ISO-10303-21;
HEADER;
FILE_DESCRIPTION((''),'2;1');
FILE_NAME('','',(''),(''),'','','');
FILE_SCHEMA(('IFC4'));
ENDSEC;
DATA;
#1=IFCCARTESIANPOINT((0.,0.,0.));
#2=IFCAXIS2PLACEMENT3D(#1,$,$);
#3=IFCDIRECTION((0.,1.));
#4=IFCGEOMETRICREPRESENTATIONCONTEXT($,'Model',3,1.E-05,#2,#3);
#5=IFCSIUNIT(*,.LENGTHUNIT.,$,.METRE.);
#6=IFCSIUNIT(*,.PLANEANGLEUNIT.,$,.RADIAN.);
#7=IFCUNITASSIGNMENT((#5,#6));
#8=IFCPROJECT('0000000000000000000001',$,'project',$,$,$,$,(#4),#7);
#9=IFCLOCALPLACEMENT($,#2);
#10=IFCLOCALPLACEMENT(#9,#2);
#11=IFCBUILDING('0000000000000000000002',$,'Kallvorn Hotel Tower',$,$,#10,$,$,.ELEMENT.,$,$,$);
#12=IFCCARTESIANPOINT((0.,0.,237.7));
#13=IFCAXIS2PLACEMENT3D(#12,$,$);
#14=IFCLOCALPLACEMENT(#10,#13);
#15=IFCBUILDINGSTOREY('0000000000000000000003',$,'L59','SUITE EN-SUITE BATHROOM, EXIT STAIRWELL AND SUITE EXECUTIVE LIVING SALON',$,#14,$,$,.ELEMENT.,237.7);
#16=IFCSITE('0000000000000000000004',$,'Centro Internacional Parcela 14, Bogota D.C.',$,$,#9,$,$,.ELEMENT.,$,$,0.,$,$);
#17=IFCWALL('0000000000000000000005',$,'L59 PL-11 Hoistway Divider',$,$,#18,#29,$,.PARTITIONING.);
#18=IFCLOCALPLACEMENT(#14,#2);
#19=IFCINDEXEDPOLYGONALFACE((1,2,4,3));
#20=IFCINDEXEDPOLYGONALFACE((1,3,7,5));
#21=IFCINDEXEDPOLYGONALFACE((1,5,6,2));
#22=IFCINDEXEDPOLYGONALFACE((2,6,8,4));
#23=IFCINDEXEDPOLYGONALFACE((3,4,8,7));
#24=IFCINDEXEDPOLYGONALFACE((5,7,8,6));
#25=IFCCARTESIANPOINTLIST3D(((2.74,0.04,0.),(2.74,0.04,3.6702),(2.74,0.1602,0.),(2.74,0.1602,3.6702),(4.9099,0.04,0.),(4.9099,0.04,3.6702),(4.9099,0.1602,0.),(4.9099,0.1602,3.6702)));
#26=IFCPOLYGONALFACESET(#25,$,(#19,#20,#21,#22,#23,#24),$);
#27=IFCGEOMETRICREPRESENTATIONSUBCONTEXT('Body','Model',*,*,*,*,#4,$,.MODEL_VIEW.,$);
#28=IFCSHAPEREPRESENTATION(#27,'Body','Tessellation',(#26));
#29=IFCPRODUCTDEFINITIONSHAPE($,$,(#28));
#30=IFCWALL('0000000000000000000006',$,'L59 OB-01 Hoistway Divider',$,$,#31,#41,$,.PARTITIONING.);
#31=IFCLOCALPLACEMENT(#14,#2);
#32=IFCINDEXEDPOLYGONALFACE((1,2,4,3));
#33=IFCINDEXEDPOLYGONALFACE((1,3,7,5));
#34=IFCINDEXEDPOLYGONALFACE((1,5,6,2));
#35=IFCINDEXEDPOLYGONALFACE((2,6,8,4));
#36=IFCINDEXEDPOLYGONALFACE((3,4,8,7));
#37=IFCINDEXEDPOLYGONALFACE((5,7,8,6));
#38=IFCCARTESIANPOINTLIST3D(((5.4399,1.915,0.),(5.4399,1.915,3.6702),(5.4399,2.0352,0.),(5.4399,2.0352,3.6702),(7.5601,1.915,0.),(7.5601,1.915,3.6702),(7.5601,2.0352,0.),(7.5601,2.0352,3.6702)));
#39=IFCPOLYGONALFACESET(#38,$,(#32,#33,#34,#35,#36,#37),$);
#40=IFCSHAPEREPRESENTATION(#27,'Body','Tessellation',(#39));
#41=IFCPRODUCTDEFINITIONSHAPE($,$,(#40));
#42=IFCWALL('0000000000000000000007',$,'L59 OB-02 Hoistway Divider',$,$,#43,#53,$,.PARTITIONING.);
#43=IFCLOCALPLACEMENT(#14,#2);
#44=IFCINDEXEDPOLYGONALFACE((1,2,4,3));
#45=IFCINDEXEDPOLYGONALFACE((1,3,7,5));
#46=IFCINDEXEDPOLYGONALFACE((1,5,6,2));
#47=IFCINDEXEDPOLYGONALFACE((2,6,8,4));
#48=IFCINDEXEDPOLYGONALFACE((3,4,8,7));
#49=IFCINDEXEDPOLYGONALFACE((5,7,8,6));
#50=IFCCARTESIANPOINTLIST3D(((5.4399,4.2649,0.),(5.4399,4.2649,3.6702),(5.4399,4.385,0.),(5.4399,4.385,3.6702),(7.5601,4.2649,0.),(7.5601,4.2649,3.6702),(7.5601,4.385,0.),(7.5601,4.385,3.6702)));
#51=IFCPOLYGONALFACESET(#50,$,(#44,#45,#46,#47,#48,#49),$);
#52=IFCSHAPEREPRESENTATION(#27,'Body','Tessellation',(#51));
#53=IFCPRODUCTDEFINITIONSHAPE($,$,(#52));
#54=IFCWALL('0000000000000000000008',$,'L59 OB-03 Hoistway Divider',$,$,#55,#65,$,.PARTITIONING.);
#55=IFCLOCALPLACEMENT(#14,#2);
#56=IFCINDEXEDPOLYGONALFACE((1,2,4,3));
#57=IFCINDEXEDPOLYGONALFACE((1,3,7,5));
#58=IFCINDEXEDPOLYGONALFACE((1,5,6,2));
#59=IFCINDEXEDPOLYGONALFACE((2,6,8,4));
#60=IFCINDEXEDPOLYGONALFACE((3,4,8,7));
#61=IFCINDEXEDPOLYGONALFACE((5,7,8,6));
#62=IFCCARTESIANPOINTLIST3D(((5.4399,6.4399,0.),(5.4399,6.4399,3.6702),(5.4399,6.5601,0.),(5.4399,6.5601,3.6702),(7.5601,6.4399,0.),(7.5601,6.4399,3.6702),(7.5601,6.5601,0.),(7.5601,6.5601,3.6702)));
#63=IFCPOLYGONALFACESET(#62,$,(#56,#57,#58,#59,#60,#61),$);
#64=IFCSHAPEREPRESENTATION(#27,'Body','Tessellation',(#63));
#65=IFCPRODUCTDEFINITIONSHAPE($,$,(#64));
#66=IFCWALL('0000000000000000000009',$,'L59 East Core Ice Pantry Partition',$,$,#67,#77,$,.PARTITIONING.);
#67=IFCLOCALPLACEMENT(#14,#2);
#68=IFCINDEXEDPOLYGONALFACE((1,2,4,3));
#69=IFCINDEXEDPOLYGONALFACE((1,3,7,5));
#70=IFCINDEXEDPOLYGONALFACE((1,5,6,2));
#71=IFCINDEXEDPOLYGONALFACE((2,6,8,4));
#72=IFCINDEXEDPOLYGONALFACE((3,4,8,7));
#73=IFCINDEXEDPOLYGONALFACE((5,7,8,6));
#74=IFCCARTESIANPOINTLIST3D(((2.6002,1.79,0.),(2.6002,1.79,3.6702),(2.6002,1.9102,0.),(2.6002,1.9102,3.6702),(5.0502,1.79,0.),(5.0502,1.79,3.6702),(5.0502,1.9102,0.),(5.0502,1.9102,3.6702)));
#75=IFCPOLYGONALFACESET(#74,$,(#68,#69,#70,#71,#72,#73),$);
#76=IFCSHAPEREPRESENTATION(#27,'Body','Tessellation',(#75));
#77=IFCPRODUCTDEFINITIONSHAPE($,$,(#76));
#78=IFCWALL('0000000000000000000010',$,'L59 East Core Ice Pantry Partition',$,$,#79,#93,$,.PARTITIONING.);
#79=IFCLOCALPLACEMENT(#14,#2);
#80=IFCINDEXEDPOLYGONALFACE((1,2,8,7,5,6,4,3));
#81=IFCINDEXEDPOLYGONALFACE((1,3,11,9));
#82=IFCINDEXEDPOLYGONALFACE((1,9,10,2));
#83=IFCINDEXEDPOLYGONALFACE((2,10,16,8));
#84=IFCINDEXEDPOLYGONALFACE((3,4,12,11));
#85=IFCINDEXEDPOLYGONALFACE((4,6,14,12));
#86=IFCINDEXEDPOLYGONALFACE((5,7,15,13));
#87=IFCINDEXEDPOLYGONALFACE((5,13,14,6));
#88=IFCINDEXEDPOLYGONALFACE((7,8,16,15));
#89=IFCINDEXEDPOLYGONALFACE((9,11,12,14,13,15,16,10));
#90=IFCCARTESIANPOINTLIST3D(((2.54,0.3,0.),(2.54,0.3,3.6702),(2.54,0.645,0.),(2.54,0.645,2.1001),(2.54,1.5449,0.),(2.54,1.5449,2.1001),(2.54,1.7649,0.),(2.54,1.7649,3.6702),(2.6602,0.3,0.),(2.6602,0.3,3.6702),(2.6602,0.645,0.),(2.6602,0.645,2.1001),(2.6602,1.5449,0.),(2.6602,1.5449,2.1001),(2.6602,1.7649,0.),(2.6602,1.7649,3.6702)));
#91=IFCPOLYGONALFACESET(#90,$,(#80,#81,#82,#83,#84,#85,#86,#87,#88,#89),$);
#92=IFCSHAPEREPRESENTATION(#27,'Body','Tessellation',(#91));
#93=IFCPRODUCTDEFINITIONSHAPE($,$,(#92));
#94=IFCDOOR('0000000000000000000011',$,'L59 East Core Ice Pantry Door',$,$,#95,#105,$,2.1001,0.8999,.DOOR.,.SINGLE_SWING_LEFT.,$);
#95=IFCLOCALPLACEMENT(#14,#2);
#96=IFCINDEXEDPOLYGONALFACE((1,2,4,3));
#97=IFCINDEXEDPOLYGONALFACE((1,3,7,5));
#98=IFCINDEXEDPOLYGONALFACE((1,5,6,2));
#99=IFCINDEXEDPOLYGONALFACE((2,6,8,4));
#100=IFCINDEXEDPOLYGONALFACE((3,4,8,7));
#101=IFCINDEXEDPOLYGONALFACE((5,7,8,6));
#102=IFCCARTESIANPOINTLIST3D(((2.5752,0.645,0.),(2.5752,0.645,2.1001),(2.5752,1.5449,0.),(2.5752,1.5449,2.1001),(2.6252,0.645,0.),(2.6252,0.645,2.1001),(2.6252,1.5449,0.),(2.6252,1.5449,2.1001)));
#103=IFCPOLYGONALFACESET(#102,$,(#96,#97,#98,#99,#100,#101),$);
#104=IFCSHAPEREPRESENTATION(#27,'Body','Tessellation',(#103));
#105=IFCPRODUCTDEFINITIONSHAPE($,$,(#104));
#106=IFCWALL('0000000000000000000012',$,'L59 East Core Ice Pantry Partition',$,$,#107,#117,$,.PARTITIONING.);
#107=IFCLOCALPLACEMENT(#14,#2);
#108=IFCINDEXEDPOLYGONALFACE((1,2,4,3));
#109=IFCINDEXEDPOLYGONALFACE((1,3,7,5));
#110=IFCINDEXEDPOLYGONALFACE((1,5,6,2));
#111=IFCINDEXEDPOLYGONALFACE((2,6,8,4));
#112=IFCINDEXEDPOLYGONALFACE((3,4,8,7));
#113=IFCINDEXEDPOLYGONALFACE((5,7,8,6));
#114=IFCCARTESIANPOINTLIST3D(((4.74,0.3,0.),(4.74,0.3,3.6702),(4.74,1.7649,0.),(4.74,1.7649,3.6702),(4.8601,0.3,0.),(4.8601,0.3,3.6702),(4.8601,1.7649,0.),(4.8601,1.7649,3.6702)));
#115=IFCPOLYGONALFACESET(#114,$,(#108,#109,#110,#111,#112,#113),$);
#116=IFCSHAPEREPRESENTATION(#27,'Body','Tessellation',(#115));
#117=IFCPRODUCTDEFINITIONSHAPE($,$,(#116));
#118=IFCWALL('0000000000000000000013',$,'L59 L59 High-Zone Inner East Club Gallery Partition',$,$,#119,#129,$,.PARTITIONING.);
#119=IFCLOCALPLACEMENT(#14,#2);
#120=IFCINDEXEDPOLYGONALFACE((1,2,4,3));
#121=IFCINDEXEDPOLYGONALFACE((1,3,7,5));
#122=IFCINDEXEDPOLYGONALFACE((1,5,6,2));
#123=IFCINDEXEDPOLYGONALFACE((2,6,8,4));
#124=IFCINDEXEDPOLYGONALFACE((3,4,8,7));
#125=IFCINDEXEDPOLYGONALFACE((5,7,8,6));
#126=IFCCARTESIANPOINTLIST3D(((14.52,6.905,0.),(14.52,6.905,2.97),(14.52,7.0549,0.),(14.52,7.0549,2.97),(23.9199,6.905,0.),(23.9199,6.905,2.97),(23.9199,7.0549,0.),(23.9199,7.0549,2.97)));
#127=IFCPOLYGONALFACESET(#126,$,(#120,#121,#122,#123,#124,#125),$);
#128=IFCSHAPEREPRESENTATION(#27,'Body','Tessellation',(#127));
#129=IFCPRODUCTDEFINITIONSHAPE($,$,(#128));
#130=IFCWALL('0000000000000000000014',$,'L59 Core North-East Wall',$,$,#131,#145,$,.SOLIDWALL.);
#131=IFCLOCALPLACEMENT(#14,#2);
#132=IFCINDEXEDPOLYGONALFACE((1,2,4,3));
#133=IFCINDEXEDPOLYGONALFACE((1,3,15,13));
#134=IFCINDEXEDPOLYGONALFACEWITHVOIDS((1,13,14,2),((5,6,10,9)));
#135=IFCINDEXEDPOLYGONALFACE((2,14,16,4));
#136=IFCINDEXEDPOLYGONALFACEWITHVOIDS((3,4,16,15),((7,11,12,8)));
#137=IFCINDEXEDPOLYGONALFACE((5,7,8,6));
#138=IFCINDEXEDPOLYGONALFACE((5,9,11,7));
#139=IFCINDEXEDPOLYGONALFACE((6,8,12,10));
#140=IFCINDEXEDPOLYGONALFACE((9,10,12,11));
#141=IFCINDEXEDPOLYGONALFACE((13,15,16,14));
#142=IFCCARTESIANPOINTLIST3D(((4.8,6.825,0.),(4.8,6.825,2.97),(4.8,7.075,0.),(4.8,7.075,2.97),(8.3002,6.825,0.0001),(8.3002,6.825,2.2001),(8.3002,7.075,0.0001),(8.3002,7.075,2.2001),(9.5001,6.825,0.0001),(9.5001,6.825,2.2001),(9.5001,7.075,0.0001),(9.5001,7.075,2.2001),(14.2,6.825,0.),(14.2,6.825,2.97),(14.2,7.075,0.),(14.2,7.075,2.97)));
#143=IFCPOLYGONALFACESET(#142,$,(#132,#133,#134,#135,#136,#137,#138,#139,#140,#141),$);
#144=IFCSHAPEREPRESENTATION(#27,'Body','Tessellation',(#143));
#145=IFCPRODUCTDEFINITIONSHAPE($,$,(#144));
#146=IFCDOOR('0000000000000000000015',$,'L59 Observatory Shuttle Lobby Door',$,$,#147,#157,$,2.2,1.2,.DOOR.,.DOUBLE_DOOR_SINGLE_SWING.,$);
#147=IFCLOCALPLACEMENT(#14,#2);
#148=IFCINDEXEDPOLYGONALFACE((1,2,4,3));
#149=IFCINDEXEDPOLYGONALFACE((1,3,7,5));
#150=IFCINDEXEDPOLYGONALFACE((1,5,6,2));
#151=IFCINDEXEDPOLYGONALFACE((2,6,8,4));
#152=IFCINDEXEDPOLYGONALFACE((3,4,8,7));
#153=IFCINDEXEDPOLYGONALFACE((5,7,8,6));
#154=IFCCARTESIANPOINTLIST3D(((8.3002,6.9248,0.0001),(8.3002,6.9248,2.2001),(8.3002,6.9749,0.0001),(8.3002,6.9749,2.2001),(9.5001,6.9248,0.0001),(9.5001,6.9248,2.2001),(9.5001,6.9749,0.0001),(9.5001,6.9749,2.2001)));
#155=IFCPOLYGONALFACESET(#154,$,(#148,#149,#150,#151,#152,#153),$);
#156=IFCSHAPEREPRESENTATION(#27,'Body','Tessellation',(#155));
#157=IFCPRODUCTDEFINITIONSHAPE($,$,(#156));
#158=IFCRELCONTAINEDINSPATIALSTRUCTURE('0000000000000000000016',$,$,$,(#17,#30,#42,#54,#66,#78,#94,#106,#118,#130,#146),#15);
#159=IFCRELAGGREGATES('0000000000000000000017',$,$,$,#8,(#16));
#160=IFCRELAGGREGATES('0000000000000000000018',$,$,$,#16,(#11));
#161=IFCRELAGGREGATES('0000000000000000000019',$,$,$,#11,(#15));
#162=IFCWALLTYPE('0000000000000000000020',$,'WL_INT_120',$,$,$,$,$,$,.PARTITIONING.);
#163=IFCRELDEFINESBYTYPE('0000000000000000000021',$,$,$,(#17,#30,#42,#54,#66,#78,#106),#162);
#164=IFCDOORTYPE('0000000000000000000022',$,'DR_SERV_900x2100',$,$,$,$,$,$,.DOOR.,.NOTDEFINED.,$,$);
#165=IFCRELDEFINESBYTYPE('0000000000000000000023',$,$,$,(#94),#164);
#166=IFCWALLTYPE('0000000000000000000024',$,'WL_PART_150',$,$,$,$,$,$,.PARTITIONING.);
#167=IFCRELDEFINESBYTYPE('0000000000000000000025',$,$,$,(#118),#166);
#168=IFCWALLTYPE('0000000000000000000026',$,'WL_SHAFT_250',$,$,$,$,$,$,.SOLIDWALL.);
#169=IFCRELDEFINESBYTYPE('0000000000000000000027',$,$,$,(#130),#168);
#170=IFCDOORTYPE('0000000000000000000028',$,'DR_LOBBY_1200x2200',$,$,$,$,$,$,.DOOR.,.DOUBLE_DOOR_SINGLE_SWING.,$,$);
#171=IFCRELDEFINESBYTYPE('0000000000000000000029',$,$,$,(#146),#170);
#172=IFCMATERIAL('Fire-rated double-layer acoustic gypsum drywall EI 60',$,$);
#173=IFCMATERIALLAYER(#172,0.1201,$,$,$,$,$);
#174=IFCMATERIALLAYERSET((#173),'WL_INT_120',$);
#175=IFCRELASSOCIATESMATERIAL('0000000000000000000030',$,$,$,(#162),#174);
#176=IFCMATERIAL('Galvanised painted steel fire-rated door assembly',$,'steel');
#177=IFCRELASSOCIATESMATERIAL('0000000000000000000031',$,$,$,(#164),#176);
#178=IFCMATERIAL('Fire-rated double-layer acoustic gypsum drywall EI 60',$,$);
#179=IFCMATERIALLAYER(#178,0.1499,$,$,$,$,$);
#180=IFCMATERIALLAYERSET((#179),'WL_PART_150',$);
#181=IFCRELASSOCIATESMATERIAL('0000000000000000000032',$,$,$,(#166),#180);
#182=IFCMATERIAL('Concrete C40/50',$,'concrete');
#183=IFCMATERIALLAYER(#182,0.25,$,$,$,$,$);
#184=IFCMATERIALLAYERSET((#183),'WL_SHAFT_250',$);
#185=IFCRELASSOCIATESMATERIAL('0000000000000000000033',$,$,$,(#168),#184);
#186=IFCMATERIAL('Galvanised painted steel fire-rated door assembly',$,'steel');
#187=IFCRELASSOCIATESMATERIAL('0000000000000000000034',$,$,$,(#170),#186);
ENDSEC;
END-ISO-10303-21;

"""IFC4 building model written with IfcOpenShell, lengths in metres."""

from ifc_helpers import new_model, si_unit, direction, frame, frame_2d, origin, place, context, subcontext, project, spatial, rectangle, extrude, material, layer, layer_set, type_object, element, fill, save


model = new_model("IFC4")

# Units and contexts
model_context = context("Model", 3, precision=1e-05, world=origin(), true_north=direction((0.0, 1.0)))
body_context = subcontext(model_context, "Body", "Model", "MODEL_VIEW")
ifc_project = project(units=[si_unit("LENGTHUNIT", "METRE"), si_unit("PLANEANGLEUNIT", "RADIAN")], contexts=[model_context])

# Site, building, storey
site_placement = place(None, origin())
site = spatial("IfcSite", under=ifc_project, at=site_placement, Name="Centro Internacional Parcela 14, Bogota D.C.", CompositionType="ELEMENT", RefElevation=0.0)
building_placement = place(site_placement, origin())
building = spatial("IfcBuilding", under=site, at=building_placement, Name="Kallvorn Hotel Tower", CompositionType="ELEMENT")
storey_placement = place(building_placement, frame((0.0, 0.0, 237.7)))
storey = spatial("IfcBuildingStorey", under=building, at=storey_placement, Name="L59", Description="SUITE EN-SUITE BATHROOM, EXIT STAIRWELL AND SUITE EXECUTIVE LIVING SALON", CompositionType="ELEMENT", Elevation=237.7)

# Walls
ifc_material_1 = material(Name="Fire-rated double-layer acoustic gypsum drywall EI 60")
ifc_layer_1 = layer(ifc_material_1, 0.1201)
ifc_layer_set_1 = layer_set([ifc_layer_1], Name="WL_INT_120")
wall_type_1 = type_object("IfcWallType", Name="WL_INT_120", PredefinedType="PARTITIONING", material=ifc_layer_set_1)
wall_1_placement = place(storey_placement, frame((2.74, 0.1001, 0.0), z_axis=(0.0, 0.0, 1.0), x_axis=(1.0, 0.0, 0.0)))
element("IfcWall", 1, at=wall_1_placement, inside=storey, type_object=wall_type_1, Name="L59 PL-11 Hoistway Divider", PredefinedType="PARTITIONING", context=body_context, shape_type="SweptSolid", body=[
    extrude(rectangle(XDim=2.1699, YDim=0.1201, at=frame_2d((1.085, 0.0))), origin(), (0.0, 0.0, 1.0), 3.6702),
])
for number, where, z_axis, x_axis, name in (
    (2, (5.4399, 1.9751, 0.0), (0.0, 0.0, 1.0), (1.0, 0.0, 0.0), "L59 OB-01 Hoistway Divider"),
    (3, (5.4399, 4.325, 0.0), (0.0, 0.0, 1.0), (1.0, 0.0, 0.0), "L59 OB-02 Hoistway Divider"),
    (4, (5.4399, 6.5, 0.0), (0.0, 0.0, 1.0), (1.0, 0.0, 0.0), "L59 OB-03 Hoistway Divider"),
):
    element("IfcWall", number, at=place(storey_placement, frame(where, z_axis=z_axis, x_axis=x_axis)), inside=storey, type_object=wall_type_1, Name=name, PredefinedType="PARTITIONING", context=body_context, shape_type="SweptSolid", body=[
        extrude(rectangle(XDim=2.1201, YDim=0.1201, at=frame_2d((1.0601, 0.0))), origin(), (0.0, 0.0, 1.0), 3.6702),
    ])
wall_2_placement = place(storey_placement, frame((2.6001, 1.8501, 0.0), z_axis=(0.0, 0.0, 1.0), x_axis=(1.0, 0.0, 0.0)))
element("IfcWall", 5, at=wall_2_placement, inside=storey, type_object=wall_type_1, Name="L59 East Core Ice Pantry Partition", PredefinedType="PARTITIONING", context=body_context, shape_type="SweptSolid", body=[
    extrude(rectangle(XDim=2.45, YDim=0.1201, at=frame_2d((1.2251, 0.0))), origin(), (0.0, 0.0, 1.0), 3.6702),
])

# Wall, opening, door
wall_3_placement = place(storey_placement, frame((2.6001, 0.3, 0.0), z_axis=(0.0, 0.0, 1.0), x_axis=(0.0, 1.0, 0.0)))
wall_3 = element("IfcWall", 6, at=wall_3_placement, inside=storey, type_object=wall_type_1, Name="L59 East Core Ice Pantry Partition", PredefinedType="PARTITIONING", context=body_context, shape_type="SweptSolid", body=[
    extrude(rectangle(XDim=1.4648, YDim=0.1201, at=frame_2d((0.7324, 0.0))), origin(), (0.0, 0.0, 1.0), 3.6702),
])
opening_1_placement = place(wall_3_placement, frame((0.345, 0.0, 0.0)))
opening_1 = element("IfcOpeningElement", 7, at=opening_1_placement, cuts=wall_3, PredefinedType="OPENING", context=body_context, shape_type="SweptSolid", body=[
    extrude(rectangle(XDim=0.8999, YDim=2.1001, at=frame_2d((0.45, 1.05))), frame((0.0, 0.075, 0.0), z_axis=(0.0, -1.0, 0.0), x_axis=(1.0, 0.0, 0.0)), (0.0, 0.0, 1.0), 0.1501),
])
ifc_material_2 = material(Name="Galvanised painted steel fire-rated door assembly", Category="steel")
door_type_1 = type_object("IfcDoorType", Name="DR_SERV_900x2100", OperationType="NOTDEFINED", PredefinedType="DOOR", material=ifc_material_2)
door_1_placement = place(opening_1_placement, origin())
door_1 = element("IfcDoor", 8, at=door_1_placement, inside=storey, type_object=door_type_1, Name="L59 East Core Ice Pantry Door", OperationType="SINGLE_SWING_LEFT", OverallHeight=2.1001, OverallWidth=0.8999, PredefinedType="DOOR", context=body_context, shape_type="SweptSolid", body=[
    extrude(rectangle(XDim=0.8999, YDim=2.1001, at=frame_2d((0.45, 1.05))), frame((0.0, 0.0249, 0.0), z_axis=(0.0, -1.0, 0.0), x_axis=(1.0, 0.0, 0.0)), (0.0, 0.0, 1.0), 0.05),
])
fill(opening_1, door_1)

# Walls
wall_4_placement = place(storey_placement, frame((4.8, 0.3, 0.0), z_axis=(0.0, 0.0, 1.0), x_axis=(0.0, 1.0, 0.0)))
element("IfcWall", 9, at=wall_4_placement, inside=storey, type_object=wall_type_1, Name="L59 East Core Ice Pantry Partition", PredefinedType="PARTITIONING", context=body_context, shape_type="SweptSolid", body=[
    extrude(rectangle(XDim=1.4648, YDim=0.1201, at=frame_2d((0.7324, 0.0))), origin(), (0.0, 0.0, 1.0), 3.6702),
])
ifc_material_3 = material(Name="Fire-rated double-layer acoustic gypsum drywall EI 60")
ifc_layer_2 = layer(ifc_material_3, 0.1499)
ifc_layer_set_2 = layer_set([ifc_layer_2], Name="WL_PART_150")
wall_type_2 = type_object("IfcWallType", Name="WL_PART_150", PredefinedType="PARTITIONING", material=ifc_layer_set_2)
wall_5_placement = place(storey_placement, frame((14.52, 6.98, 0.0), z_axis=(0.0, 0.0, 1.0), x_axis=(1.0, 0.0, 0.0)))
element("IfcWall", 10, at=wall_5_placement, inside=storey, type_object=wall_type_2, Name="L59 L59 High-Zone Inner East Club Gallery Partition", PredefinedType="PARTITIONING", context=body_context, shape_type="SweptSolid", body=[
    extrude(rectangle(XDim=9.3999, YDim=0.1499, at=frame_2d((4.7, 0.0))), origin(), (0.0, 0.0, 1.0), 2.97),
])

# Wall, opening, door
ifc_material_4 = material(Name="Concrete C40/50", Category="concrete")
ifc_layer_3 = layer(ifc_material_4, 0.25)
ifc_layer_set_3 = layer_set([ifc_layer_3], Name="WL_SHAFT_250")
wall_type_3 = type_object("IfcWallType", Name="WL_SHAFT_250", PredefinedType="SOLIDWALL", material=ifc_layer_set_3)
wall_6_placement = place(storey_placement, frame((4.8, 6.95, 0.0), z_axis=(0.0, 0.0, 1.0), x_axis=(1.0, 0.0, 0.0)))
wall_6 = element("IfcWall", 11, at=wall_6_placement, inside=storey, type_object=wall_type_3, Name="L59 Core North-East Wall", PredefinedType="SOLIDWALL", context=body_context, shape_type="SweptSolid", body=[
    extrude(rectangle(XDim=9.3999, YDim=0.25, at=frame_2d((4.7, 0.0))), origin(), (0.0, 0.0, 1.0), 2.97),
])
opening_2_placement = place(wall_6_placement, frame((3.5, 0.0, 0.0)))
opening_2 = element("IfcOpeningElement", 12, at=opening_2_placement, cuts=wall_6, PredefinedType="OPENING", context=body_context, shape_type="SweptSolid", body=[
    extrude(rectangle(XDim=1.2, YDim=2.2, at=frame_2d((0.6001, 1.1001))), frame((0.0, 0.1399, 0.0), z_axis=(0.0, -1.0, 0.0), x_axis=(1.0, 0.0, 0.0)), (0.0, 0.0, 1.0), 0.28),
])
ifc_material_5 = material(Name="Galvanised painted steel fire-rated door assembly", Category="steel")
door_type_2 = type_object("IfcDoorType", Name="DR_LOBBY_1200x2200", OperationType="DOUBLE_DOOR_SINGLE_SWING", PredefinedType="DOOR", material=ifc_material_5)
door_2_placement = place(opening_2_placement, origin())
door_2 = element("IfcDoor", 13, at=door_2_placement, inside=storey, type_object=door_type_2, Name="L59 Observatory Shuttle Lobby Door", OperationType="DOUBLE_DOOR_SINGLE_SWING", OverallHeight=2.2, OverallWidth=1.2, PredefinedType="DOOR", context=body_context, shape_type="SweptSolid", body=[
    extrude(rectangle(XDim=1.2, YDim=2.2, at=frame_2d((0.6001, 1.1001))), frame((0.0, 0.0249, 0.0), z_axis=(0.0, -1.0, 0.0), x_axis=(1.0, 0.0, 0.0)), (0.0, 0.0, 1.0), 0.05),
])
fill(opening_2, door_2)

save(model, "model.ifc")
